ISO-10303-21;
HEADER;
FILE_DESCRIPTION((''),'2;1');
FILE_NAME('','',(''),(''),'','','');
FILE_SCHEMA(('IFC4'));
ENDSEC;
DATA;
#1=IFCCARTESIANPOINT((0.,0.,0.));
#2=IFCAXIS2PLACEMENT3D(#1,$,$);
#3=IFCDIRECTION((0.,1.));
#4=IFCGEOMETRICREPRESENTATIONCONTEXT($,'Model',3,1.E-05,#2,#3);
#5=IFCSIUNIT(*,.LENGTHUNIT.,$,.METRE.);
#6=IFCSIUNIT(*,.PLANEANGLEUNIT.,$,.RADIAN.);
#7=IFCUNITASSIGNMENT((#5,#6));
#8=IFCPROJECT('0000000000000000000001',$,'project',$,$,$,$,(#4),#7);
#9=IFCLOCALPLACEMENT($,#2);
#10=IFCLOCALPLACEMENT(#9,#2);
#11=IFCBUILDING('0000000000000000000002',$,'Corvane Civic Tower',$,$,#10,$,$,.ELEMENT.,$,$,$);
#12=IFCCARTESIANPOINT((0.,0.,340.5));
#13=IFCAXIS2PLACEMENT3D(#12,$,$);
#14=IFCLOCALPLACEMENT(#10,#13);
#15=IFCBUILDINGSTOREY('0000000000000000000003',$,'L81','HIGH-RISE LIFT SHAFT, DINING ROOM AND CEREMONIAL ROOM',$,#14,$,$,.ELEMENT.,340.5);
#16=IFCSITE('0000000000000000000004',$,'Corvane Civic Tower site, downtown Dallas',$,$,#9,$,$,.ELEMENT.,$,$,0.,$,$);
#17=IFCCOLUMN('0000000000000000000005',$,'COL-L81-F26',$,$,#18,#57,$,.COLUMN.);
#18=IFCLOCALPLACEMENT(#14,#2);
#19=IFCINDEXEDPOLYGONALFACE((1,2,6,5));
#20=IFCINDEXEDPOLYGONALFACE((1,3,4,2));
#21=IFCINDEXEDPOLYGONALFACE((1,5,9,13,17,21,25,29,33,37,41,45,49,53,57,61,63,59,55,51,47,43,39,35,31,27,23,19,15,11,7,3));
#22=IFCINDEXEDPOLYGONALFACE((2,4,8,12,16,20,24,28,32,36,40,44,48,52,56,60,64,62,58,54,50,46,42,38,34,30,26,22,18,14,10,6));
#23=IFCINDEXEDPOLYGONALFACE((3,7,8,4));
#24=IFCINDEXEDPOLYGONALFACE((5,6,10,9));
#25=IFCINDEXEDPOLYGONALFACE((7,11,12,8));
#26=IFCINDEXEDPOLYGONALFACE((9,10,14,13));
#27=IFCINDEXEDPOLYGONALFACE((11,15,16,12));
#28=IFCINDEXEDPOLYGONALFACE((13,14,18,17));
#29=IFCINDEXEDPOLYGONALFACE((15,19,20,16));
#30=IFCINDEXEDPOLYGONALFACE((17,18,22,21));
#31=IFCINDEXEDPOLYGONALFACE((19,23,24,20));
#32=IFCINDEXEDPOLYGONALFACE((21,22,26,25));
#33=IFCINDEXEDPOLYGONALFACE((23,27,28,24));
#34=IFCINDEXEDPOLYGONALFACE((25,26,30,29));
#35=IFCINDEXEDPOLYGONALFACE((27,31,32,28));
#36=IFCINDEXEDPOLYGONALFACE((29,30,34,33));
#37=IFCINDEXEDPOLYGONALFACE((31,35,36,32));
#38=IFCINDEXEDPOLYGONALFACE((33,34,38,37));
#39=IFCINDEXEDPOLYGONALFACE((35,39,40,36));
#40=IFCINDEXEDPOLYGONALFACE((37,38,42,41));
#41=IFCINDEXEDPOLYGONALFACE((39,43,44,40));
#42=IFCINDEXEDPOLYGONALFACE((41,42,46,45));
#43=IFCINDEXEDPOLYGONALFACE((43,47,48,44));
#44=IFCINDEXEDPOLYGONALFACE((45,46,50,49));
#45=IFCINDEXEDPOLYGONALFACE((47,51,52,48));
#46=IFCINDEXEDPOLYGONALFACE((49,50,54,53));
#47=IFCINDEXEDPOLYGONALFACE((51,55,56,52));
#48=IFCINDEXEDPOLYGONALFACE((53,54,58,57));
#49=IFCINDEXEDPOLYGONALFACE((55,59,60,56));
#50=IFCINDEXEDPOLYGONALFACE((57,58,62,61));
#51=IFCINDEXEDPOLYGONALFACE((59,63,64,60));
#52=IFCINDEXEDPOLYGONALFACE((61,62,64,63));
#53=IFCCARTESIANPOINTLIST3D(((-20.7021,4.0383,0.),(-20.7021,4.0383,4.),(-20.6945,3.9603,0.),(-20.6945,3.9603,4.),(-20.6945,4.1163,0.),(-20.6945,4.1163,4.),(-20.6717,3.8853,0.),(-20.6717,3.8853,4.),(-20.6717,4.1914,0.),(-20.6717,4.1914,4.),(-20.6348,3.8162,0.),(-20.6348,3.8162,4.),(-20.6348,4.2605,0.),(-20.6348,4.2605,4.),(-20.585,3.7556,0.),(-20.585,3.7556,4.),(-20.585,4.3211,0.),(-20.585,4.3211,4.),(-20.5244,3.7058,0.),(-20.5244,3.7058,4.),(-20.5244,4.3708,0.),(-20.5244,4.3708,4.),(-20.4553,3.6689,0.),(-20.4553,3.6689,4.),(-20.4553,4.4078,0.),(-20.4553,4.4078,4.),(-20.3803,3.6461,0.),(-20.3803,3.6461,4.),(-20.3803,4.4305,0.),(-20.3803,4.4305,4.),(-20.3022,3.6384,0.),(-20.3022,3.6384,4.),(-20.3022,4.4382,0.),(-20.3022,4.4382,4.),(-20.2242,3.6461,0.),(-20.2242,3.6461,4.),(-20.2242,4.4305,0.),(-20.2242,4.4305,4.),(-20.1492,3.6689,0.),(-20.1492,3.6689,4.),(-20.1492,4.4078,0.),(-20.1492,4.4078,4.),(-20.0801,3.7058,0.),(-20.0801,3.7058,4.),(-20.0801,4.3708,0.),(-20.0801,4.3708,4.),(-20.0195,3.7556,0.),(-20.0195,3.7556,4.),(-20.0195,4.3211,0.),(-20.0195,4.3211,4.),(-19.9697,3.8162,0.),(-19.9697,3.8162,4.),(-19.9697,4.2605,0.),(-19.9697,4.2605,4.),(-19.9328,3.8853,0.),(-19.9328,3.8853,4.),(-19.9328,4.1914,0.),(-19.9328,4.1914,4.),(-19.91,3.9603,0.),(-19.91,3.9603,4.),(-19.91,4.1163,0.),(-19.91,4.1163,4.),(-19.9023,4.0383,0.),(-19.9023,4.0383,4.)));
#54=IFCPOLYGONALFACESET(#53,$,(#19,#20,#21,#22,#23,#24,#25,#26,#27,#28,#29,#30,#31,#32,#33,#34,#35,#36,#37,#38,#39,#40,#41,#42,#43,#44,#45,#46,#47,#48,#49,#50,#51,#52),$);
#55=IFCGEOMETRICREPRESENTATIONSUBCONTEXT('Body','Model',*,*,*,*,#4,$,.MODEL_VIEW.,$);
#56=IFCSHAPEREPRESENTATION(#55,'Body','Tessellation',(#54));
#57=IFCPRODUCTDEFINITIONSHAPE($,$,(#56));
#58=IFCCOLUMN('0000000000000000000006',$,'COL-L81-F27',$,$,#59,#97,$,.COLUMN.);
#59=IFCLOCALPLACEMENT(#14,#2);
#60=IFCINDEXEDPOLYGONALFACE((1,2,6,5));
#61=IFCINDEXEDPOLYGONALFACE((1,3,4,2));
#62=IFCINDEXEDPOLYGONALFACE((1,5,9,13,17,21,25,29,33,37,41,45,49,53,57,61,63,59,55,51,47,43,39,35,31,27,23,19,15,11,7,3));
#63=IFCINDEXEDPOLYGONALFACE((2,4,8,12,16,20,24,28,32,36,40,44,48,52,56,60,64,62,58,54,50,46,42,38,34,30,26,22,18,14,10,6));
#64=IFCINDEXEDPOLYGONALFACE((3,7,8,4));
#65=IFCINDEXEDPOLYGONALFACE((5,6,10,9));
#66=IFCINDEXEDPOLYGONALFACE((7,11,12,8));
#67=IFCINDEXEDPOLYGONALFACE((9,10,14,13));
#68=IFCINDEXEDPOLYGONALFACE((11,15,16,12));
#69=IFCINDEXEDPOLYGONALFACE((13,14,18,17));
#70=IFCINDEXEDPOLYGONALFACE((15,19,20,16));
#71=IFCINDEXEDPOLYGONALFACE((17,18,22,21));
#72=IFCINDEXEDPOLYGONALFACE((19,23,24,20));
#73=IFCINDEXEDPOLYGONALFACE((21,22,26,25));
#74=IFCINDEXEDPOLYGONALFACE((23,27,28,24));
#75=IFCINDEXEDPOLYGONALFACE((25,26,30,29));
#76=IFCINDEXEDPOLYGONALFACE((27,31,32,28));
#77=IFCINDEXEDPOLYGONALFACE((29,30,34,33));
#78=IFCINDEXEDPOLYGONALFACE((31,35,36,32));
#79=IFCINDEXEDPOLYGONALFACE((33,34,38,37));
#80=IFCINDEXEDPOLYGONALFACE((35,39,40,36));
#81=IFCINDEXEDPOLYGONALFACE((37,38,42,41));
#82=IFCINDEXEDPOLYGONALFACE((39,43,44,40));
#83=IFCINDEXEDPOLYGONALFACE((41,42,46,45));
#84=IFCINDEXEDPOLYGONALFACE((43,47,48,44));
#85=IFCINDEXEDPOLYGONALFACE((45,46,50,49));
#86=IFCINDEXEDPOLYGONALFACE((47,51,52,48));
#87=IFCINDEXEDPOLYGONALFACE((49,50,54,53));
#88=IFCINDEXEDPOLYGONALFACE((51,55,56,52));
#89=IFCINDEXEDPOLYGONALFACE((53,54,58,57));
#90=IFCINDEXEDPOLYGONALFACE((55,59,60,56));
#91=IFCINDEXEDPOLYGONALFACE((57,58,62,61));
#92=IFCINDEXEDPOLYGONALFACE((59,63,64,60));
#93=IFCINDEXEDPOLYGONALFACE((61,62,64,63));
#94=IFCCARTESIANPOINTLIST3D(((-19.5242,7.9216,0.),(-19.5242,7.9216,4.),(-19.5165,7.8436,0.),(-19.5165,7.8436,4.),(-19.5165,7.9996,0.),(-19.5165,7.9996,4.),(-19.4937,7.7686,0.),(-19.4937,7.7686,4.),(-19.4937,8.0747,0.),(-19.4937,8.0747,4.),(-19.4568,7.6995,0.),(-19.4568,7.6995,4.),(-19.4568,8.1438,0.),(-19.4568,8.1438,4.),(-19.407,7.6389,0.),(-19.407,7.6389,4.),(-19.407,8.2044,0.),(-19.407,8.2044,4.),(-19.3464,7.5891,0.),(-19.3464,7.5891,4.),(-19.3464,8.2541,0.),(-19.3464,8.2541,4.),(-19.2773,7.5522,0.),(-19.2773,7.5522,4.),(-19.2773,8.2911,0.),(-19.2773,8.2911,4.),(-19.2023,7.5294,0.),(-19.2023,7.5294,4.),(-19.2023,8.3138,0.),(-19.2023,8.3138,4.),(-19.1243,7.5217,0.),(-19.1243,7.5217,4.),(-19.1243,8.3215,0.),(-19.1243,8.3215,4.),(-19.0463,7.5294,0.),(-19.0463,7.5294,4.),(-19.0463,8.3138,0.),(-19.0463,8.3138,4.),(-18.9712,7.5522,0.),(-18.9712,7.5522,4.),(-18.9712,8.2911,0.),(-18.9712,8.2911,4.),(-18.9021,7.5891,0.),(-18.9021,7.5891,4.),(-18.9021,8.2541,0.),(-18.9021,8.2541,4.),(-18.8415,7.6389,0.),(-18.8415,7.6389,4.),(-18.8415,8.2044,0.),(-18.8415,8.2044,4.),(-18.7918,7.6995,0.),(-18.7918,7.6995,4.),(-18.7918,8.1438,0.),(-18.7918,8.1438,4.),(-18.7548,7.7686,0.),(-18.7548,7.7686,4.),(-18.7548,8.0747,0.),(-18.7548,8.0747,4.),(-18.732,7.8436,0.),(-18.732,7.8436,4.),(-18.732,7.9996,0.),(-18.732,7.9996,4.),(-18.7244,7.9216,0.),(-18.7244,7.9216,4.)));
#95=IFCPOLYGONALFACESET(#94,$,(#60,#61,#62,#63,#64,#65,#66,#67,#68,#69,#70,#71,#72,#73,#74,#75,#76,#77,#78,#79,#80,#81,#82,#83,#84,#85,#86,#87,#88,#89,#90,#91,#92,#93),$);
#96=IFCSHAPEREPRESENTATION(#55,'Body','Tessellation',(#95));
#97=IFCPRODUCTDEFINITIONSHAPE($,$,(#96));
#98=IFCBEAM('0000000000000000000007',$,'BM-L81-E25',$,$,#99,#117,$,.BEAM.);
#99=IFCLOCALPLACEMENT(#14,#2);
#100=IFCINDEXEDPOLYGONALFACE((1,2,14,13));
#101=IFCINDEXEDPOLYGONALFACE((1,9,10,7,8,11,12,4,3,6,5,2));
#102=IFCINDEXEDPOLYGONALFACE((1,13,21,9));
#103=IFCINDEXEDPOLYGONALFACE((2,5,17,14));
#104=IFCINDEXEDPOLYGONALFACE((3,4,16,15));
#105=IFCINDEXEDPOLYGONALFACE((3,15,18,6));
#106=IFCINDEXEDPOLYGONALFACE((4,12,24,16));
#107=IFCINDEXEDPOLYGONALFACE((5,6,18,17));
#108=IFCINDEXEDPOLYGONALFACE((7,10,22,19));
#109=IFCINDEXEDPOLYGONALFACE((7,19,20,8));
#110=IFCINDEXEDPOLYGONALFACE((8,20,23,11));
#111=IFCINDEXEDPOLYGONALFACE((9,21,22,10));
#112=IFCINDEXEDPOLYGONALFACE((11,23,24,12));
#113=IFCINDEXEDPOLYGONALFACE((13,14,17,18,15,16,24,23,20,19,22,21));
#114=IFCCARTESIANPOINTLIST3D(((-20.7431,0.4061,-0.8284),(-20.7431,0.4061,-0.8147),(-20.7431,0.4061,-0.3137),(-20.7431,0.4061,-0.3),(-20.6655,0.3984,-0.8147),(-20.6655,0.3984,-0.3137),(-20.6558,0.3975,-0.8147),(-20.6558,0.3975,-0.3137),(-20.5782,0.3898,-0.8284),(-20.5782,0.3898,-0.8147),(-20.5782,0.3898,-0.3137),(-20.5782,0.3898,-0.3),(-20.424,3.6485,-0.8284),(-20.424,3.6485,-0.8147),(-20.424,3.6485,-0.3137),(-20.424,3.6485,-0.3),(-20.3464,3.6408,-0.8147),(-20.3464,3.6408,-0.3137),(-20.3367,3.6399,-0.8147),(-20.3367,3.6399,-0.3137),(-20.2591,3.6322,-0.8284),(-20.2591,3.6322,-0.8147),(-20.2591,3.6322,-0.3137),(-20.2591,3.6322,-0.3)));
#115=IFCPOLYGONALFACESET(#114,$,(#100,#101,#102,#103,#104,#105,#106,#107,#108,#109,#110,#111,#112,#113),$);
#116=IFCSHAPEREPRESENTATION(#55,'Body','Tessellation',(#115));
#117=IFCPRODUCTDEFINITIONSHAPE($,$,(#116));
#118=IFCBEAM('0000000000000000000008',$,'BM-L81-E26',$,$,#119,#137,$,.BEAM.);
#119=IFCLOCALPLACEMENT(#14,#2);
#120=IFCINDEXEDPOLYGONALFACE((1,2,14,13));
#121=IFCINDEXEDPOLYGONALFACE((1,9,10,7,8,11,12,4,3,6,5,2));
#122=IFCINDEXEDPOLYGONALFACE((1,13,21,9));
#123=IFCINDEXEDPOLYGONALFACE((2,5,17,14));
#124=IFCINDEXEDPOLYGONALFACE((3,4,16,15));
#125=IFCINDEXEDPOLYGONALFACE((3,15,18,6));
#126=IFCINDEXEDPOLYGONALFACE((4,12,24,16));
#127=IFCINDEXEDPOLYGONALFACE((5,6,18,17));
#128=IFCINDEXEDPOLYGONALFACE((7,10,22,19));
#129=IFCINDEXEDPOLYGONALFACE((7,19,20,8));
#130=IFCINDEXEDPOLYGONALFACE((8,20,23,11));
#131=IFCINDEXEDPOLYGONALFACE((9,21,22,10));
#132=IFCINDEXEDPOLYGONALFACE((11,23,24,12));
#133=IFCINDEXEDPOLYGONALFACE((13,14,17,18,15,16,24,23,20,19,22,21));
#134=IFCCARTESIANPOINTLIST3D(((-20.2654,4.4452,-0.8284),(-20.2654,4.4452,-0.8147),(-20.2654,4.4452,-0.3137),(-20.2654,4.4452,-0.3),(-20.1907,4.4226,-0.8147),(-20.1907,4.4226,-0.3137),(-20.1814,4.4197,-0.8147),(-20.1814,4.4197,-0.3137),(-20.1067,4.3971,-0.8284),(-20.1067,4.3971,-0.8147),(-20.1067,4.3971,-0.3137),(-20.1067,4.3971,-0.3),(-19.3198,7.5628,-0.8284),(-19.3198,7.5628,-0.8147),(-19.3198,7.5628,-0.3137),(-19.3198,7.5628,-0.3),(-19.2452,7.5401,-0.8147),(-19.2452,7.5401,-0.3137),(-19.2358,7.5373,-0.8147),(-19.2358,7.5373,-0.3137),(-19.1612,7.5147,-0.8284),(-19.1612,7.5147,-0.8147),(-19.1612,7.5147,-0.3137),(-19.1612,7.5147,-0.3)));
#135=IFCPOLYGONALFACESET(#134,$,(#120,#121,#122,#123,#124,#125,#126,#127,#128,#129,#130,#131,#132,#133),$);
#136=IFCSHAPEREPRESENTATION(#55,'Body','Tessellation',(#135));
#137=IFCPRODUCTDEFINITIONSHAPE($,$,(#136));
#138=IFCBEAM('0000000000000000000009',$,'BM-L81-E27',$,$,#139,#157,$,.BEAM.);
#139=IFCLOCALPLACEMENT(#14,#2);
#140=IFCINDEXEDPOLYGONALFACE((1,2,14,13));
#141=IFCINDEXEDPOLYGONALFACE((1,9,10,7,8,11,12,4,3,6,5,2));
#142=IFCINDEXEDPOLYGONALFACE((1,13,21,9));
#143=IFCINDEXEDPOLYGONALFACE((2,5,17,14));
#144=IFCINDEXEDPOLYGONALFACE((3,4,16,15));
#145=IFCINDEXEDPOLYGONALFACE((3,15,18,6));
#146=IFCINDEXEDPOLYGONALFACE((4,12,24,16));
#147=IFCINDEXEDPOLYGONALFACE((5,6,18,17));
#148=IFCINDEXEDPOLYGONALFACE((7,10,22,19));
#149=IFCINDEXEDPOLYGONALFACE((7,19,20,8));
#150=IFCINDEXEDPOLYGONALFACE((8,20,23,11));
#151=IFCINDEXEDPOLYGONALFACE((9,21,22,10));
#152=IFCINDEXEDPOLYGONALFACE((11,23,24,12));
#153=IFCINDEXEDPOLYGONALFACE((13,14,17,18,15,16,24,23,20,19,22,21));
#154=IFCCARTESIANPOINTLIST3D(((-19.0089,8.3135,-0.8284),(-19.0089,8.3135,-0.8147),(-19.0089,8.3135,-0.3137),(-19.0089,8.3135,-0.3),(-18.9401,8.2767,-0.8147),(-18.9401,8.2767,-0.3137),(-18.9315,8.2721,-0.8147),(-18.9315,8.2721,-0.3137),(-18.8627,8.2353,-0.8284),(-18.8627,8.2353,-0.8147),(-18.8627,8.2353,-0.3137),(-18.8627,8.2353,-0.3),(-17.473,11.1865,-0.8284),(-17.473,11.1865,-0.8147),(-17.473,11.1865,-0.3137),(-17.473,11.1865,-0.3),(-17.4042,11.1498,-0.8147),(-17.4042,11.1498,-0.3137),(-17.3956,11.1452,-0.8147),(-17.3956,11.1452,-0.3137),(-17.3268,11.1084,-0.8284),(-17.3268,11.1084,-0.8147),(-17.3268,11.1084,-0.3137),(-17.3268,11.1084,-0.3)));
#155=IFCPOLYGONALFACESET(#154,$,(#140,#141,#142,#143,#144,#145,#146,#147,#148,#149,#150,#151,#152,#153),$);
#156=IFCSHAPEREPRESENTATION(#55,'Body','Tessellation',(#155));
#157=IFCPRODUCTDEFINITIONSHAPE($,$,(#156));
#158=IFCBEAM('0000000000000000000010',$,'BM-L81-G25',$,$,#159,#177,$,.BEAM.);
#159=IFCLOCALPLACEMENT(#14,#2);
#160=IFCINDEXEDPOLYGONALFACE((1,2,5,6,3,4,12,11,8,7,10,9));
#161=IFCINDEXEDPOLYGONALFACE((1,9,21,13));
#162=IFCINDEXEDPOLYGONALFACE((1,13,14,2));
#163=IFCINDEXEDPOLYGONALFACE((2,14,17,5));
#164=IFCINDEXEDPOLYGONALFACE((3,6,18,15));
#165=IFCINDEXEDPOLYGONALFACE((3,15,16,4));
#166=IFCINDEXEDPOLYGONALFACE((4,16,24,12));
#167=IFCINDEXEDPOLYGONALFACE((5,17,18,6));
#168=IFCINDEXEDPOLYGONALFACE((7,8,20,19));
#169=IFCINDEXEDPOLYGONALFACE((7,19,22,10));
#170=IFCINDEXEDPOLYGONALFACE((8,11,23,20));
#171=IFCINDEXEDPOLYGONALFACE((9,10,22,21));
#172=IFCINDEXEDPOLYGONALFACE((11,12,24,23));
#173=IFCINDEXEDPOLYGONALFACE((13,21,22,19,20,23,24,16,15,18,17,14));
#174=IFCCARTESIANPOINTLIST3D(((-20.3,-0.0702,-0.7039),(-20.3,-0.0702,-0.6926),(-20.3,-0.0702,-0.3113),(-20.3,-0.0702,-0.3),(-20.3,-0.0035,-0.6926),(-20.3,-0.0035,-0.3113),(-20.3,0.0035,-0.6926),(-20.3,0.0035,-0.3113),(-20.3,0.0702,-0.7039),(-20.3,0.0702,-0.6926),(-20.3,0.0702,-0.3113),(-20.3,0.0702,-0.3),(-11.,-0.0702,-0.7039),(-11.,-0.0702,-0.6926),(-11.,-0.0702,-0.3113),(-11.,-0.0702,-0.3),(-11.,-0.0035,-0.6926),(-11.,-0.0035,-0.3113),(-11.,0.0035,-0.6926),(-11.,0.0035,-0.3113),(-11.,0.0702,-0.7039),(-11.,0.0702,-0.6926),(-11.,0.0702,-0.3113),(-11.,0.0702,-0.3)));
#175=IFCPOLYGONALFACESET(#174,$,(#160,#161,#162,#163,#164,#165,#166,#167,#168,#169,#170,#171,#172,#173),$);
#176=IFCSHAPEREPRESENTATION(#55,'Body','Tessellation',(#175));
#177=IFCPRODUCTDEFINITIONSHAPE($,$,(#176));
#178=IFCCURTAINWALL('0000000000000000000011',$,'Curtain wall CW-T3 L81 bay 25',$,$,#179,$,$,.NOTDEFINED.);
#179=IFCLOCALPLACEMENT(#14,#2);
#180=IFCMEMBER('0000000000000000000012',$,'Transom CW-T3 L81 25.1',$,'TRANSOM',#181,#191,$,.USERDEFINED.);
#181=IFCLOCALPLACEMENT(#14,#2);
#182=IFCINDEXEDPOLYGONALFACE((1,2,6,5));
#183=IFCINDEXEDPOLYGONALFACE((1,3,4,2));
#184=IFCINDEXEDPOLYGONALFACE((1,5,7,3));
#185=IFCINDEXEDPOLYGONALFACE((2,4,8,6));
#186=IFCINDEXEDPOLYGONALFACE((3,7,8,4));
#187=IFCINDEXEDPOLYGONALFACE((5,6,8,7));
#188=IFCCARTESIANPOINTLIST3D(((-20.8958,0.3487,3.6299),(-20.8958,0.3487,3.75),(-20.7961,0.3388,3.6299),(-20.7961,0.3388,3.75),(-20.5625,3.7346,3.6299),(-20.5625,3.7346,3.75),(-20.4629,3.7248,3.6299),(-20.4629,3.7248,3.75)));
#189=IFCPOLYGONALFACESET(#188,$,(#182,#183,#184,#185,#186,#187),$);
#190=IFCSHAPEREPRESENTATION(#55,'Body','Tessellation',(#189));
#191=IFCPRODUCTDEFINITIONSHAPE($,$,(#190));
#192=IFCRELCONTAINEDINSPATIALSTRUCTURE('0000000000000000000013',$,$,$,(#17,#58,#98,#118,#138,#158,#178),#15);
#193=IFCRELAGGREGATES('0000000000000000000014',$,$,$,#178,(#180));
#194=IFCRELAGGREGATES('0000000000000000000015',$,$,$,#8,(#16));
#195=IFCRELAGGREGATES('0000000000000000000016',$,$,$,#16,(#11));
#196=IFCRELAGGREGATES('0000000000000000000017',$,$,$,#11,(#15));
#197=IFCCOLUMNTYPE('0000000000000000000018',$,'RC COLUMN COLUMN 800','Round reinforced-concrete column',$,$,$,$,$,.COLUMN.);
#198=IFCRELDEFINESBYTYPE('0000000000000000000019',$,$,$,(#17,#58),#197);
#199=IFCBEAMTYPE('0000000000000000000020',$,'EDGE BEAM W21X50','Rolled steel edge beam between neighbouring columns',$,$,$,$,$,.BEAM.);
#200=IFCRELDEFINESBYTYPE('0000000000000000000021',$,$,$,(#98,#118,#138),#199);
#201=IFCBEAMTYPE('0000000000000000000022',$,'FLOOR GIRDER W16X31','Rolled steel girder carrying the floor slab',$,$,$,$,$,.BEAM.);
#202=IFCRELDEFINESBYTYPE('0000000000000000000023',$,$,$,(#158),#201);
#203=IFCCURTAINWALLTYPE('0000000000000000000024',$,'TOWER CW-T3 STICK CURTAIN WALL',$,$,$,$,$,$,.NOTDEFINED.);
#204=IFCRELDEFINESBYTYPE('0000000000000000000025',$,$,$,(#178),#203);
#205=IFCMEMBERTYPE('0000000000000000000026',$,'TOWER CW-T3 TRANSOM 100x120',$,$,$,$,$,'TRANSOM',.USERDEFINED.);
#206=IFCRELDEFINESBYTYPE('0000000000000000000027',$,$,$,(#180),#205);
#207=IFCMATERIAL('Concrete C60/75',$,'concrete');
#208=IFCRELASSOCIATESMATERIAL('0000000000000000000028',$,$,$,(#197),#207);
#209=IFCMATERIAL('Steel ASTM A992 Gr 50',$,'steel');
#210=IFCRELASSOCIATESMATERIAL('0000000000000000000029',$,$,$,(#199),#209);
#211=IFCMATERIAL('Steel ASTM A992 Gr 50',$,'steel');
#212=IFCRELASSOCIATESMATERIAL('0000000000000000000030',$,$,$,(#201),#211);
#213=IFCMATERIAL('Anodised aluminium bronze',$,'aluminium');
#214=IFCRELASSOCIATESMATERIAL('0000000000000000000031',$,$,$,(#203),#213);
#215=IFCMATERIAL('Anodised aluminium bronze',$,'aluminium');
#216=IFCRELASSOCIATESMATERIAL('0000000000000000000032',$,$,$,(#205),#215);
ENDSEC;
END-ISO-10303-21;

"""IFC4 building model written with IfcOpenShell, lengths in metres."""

from ifc_helpers import new_model, si_unit, direction, frame, origin, origin_2d, place, context, subcontext, project, spatial, rectangle, circle, i_section, extrude, material, material_profile, profile_set, type_object, element, aggregate, save


model = new_model("IFC4")

# Units and contexts
model_context = context("Model", 3, precision=1e-05, world=origin(), true_north=direction((0.0, 1.0)))
body_context = subcontext(model_context, "Body", "Model", "MODEL_VIEW")
ifc_project = project(units=[si_unit("LENGTHUNIT", "METRE"), si_unit("PLANEANGLEUNIT", "RADIAN")], contexts=[model_context])

# Site, building, storey
site_placement = place(None, origin())
site = spatial("IfcSite", under=ifc_project, at=site_placement, Name="Corvane Civic Tower site, downtown Dallas", CompositionType="ELEMENT", RefElevation=0.0)
building_placement = place(site_placement, origin())
building = spatial("IfcBuilding", under=site, at=building_placement, Name="Corvane Civic Tower", CompositionType="ELEMENT")
storey_placement = place(building_placement, frame((0.0, 0.0, 340.5)))
storey = spatial("IfcBuildingStorey", under=building, at=storey_placement, Name="L81", Description="HIGH-RISE LIFT SHAFT, DINING ROOM AND CEREMONIAL ROOM", CompositionType="ELEMENT", Elevation=340.5)

# Columns
ifc_material_1 = material(Name="Concrete C60/75", Category="concrete")
ifc_material_profile_1 = material_profile(ifc_material_1, circle(Radius=0.3999, at=origin_2d()), Name="COLUMN 800")
ifc_profile_set_1 = profile_set([ifc_material_profile_1], Name="Concrete C60/75")
column_type = type_object("IfcColumnType", Name="RC COLUMN COLUMN 800", Description="Round reinforced-concrete column", PredefinedType="COLUMN", material=ifc_profile_set_1)
for number, where, z_axis, x_axis, name in (
    (1, (-20.3022, 4.0383, 0.0), (0.0, 0.0, 1.0), (1.0, 0.0, 0.0), "COL-L81-F26"),
    (2, (-19.1243, 7.9216, 0.0), (0.0, 0.0, 1.0), (1.0, 0.0, 0.0), "COL-L81-F27"),
):
    element("IfcColumn", number, at=place(storey_placement, frame(where, z_axis=z_axis, x_axis=x_axis)), inside=storey, type_object=column_type, Name=name, PredefinedType="COLUMN", context=body_context, shape_type="SweptSolid", body=[
        extrude(circle(Radius=0.3999, at=origin_2d()), origin(), (0.0, 0.0, 1.0), 4.0),
    ])

# Beams
ifc_material_2 = material(Name="Steel ASTM A992 Gr 50", Category="steel")
ifc_material_profile_2 = material_profile(ifc_material_2, i_section(OverallWidth=0.1658, OverallDepth=0.5283, WebThickness=0.0098, FlangeThickness=0.0137, at=origin_2d()), Name="W21X50")
ifc_profile_set_2 = profile_set([ifc_material_profile_2], Name="Steel ASTM A992 Gr 50")
beam_type_1 = type_object("IfcBeamType", Name="EDGE BEAM W21X50", Description="Rolled steel edge beam between neighbouring columns", PredefinedType="BEAM", material=ifc_profile_set_2)
beam_1_placement = place(storey_placement, frame((-20.6606, 0.3979, -0.5642), z_axis=(0.097938, 0.995193, 0.0), x_axis=(-0.995193, 0.097938, 0.0)))
element("IfcBeam", 3, at=beam_1_placement, inside=storey, type_object=beam_type_1, Name="BM-L81-E25", PredefinedType="BEAM", context=body_context, shape_type="SweptSolid", body=[
    extrude(i_section(OverallWidth=0.1658, OverallDepth=0.5283, WebThickness=0.0098, FlangeThickness=0.0137, at=origin_2d()), origin(), (0.0, 0.0, 1.0), 3.2581),
])
for number, where, z_axis, x_axis, name in (
    (4, (-20.186, 4.4211, -0.5642), (0.290234, 0.956956, 0.0), (-0.956956, 0.290234, 0.0), "BM-L81-E26"),
    (5, (-18.9358, 8.2744, -0.5642), (0.471448, 0.881894, 0.0), (-0.881894, 0.471448, 0.0), "BM-L81-E27"),
):
    element("IfcBeam", number, at=place(storey_placement, frame(where, z_axis=z_axis, x_axis=x_axis)), inside=storey, type_object=beam_type_1, Name=name, PredefinedType="BEAM", context=body_context, shape_type="SweptSolid", body=[
        extrude(i_section(OverallWidth=0.1658, OverallDepth=0.5283, WebThickness=0.0098, FlangeThickness=0.0137, at=origin_2d()), origin(), (0.0, 0.0, 1.0), 3.2578),
    ])
ifc_material_3 = material(Name="Steel ASTM A992 Gr 50", Category="steel")
ifc_material_profile_3 = material_profile(ifc_material_3, i_section(OverallWidth=0.1404, OverallDepth=0.4038, WebThickness=0.0071, FlangeThickness=0.0112, at=origin_2d()), Name="W16X31")
ifc_profile_set_3 = profile_set([ifc_material_profile_3], Name="Steel ASTM A992 Gr 50")
beam_type_2 = type_object("IfcBeamType", Name="FLOOR GIRDER W16X31", Description="Rolled steel girder carrying the floor slab", PredefinedType="BEAM", material=ifc_profile_set_3)
beam_2_placement = place(storey_placement, frame((-11.0, 0.0, -0.502), z_axis=(-1.0, 0.0, 0.0), x_axis=(0.0, -1.0, 0.0)))
element("IfcBeam", 6, at=beam_2_placement, inside=storey, type_object=beam_type_2, Name="BM-L81-G25", PredefinedType="BEAM", context=body_context, shape_type="SweptSolid", body=[
    extrude(i_section(OverallWidth=0.1404, OverallDepth=0.4038, WebThickness=0.0071, FlangeThickness=0.0112, at=origin_2d()), origin(), (0.0, 0.0, 1.0), 9.3),
])

# Curtain wall, member
ifc_material_4 = material(Name="Anodised aluminium bronze", Category="aluminium")
curtain_wall_type = type_object("IfcCurtainWallType", Name="TOWER CW-T3 STICK CURTAIN WALL", PredefinedType="NOTDEFINED", material=ifc_material_4)
curtain_wall_1_placement = place(storey_placement, origin())
curtain_wall_1 = element("IfcCurtainWall", 7, at=curtain_wall_1_placement, inside=storey, type_object=curtain_wall_type, Name="Curtain wall CW-T3 L81 bay 25", PredefinedType="NOTDEFINED")
ifc_material_5 = material(Name="Anodised aluminium bronze", Category="aluminium")
ifc_material_profile_4 = material_profile(ifc_material_5, rectangle(XDim=0.1001, YDim=0.1201, at=origin_2d()), Name="TOWER CW-T3 TRANSOM 100x120")
ifc_profile_set_4 = profile_set([ifc_material_profile_4], Name="Anodised aluminium bronze")
member_type = type_object("IfcMemberType", Name="TOWER CW-T3 TRANSOM 100x120", ElementType="TRANSOM", PredefinedType="USERDEFINED", material=ifc_profile_set_4)
member_1_placement = place(storey_placement, frame((-20.8459, 0.3438, 3.6899), z_axis=(0.097948, 0.995192, 0.0), x_axis=(-0.995192, 0.097948, 0.0)))
member_1 = element("IfcMember", 8, at=member_1_placement, type_object=member_type, Name="Transom CW-T3 L81 25.1", ObjectType="TRANSOM", PredefinedType="USERDEFINED", context=body_context, shape_type="SweptSolid", body=[
    extrude(rectangle(XDim=0.1001, YDim=0.1201, at=origin_2d()), origin(), (0.0, 0.0, 1.0), 3.4023),
])

aggregate(curtain_wall_1, [member_1])

save(model, "model.ifc")
